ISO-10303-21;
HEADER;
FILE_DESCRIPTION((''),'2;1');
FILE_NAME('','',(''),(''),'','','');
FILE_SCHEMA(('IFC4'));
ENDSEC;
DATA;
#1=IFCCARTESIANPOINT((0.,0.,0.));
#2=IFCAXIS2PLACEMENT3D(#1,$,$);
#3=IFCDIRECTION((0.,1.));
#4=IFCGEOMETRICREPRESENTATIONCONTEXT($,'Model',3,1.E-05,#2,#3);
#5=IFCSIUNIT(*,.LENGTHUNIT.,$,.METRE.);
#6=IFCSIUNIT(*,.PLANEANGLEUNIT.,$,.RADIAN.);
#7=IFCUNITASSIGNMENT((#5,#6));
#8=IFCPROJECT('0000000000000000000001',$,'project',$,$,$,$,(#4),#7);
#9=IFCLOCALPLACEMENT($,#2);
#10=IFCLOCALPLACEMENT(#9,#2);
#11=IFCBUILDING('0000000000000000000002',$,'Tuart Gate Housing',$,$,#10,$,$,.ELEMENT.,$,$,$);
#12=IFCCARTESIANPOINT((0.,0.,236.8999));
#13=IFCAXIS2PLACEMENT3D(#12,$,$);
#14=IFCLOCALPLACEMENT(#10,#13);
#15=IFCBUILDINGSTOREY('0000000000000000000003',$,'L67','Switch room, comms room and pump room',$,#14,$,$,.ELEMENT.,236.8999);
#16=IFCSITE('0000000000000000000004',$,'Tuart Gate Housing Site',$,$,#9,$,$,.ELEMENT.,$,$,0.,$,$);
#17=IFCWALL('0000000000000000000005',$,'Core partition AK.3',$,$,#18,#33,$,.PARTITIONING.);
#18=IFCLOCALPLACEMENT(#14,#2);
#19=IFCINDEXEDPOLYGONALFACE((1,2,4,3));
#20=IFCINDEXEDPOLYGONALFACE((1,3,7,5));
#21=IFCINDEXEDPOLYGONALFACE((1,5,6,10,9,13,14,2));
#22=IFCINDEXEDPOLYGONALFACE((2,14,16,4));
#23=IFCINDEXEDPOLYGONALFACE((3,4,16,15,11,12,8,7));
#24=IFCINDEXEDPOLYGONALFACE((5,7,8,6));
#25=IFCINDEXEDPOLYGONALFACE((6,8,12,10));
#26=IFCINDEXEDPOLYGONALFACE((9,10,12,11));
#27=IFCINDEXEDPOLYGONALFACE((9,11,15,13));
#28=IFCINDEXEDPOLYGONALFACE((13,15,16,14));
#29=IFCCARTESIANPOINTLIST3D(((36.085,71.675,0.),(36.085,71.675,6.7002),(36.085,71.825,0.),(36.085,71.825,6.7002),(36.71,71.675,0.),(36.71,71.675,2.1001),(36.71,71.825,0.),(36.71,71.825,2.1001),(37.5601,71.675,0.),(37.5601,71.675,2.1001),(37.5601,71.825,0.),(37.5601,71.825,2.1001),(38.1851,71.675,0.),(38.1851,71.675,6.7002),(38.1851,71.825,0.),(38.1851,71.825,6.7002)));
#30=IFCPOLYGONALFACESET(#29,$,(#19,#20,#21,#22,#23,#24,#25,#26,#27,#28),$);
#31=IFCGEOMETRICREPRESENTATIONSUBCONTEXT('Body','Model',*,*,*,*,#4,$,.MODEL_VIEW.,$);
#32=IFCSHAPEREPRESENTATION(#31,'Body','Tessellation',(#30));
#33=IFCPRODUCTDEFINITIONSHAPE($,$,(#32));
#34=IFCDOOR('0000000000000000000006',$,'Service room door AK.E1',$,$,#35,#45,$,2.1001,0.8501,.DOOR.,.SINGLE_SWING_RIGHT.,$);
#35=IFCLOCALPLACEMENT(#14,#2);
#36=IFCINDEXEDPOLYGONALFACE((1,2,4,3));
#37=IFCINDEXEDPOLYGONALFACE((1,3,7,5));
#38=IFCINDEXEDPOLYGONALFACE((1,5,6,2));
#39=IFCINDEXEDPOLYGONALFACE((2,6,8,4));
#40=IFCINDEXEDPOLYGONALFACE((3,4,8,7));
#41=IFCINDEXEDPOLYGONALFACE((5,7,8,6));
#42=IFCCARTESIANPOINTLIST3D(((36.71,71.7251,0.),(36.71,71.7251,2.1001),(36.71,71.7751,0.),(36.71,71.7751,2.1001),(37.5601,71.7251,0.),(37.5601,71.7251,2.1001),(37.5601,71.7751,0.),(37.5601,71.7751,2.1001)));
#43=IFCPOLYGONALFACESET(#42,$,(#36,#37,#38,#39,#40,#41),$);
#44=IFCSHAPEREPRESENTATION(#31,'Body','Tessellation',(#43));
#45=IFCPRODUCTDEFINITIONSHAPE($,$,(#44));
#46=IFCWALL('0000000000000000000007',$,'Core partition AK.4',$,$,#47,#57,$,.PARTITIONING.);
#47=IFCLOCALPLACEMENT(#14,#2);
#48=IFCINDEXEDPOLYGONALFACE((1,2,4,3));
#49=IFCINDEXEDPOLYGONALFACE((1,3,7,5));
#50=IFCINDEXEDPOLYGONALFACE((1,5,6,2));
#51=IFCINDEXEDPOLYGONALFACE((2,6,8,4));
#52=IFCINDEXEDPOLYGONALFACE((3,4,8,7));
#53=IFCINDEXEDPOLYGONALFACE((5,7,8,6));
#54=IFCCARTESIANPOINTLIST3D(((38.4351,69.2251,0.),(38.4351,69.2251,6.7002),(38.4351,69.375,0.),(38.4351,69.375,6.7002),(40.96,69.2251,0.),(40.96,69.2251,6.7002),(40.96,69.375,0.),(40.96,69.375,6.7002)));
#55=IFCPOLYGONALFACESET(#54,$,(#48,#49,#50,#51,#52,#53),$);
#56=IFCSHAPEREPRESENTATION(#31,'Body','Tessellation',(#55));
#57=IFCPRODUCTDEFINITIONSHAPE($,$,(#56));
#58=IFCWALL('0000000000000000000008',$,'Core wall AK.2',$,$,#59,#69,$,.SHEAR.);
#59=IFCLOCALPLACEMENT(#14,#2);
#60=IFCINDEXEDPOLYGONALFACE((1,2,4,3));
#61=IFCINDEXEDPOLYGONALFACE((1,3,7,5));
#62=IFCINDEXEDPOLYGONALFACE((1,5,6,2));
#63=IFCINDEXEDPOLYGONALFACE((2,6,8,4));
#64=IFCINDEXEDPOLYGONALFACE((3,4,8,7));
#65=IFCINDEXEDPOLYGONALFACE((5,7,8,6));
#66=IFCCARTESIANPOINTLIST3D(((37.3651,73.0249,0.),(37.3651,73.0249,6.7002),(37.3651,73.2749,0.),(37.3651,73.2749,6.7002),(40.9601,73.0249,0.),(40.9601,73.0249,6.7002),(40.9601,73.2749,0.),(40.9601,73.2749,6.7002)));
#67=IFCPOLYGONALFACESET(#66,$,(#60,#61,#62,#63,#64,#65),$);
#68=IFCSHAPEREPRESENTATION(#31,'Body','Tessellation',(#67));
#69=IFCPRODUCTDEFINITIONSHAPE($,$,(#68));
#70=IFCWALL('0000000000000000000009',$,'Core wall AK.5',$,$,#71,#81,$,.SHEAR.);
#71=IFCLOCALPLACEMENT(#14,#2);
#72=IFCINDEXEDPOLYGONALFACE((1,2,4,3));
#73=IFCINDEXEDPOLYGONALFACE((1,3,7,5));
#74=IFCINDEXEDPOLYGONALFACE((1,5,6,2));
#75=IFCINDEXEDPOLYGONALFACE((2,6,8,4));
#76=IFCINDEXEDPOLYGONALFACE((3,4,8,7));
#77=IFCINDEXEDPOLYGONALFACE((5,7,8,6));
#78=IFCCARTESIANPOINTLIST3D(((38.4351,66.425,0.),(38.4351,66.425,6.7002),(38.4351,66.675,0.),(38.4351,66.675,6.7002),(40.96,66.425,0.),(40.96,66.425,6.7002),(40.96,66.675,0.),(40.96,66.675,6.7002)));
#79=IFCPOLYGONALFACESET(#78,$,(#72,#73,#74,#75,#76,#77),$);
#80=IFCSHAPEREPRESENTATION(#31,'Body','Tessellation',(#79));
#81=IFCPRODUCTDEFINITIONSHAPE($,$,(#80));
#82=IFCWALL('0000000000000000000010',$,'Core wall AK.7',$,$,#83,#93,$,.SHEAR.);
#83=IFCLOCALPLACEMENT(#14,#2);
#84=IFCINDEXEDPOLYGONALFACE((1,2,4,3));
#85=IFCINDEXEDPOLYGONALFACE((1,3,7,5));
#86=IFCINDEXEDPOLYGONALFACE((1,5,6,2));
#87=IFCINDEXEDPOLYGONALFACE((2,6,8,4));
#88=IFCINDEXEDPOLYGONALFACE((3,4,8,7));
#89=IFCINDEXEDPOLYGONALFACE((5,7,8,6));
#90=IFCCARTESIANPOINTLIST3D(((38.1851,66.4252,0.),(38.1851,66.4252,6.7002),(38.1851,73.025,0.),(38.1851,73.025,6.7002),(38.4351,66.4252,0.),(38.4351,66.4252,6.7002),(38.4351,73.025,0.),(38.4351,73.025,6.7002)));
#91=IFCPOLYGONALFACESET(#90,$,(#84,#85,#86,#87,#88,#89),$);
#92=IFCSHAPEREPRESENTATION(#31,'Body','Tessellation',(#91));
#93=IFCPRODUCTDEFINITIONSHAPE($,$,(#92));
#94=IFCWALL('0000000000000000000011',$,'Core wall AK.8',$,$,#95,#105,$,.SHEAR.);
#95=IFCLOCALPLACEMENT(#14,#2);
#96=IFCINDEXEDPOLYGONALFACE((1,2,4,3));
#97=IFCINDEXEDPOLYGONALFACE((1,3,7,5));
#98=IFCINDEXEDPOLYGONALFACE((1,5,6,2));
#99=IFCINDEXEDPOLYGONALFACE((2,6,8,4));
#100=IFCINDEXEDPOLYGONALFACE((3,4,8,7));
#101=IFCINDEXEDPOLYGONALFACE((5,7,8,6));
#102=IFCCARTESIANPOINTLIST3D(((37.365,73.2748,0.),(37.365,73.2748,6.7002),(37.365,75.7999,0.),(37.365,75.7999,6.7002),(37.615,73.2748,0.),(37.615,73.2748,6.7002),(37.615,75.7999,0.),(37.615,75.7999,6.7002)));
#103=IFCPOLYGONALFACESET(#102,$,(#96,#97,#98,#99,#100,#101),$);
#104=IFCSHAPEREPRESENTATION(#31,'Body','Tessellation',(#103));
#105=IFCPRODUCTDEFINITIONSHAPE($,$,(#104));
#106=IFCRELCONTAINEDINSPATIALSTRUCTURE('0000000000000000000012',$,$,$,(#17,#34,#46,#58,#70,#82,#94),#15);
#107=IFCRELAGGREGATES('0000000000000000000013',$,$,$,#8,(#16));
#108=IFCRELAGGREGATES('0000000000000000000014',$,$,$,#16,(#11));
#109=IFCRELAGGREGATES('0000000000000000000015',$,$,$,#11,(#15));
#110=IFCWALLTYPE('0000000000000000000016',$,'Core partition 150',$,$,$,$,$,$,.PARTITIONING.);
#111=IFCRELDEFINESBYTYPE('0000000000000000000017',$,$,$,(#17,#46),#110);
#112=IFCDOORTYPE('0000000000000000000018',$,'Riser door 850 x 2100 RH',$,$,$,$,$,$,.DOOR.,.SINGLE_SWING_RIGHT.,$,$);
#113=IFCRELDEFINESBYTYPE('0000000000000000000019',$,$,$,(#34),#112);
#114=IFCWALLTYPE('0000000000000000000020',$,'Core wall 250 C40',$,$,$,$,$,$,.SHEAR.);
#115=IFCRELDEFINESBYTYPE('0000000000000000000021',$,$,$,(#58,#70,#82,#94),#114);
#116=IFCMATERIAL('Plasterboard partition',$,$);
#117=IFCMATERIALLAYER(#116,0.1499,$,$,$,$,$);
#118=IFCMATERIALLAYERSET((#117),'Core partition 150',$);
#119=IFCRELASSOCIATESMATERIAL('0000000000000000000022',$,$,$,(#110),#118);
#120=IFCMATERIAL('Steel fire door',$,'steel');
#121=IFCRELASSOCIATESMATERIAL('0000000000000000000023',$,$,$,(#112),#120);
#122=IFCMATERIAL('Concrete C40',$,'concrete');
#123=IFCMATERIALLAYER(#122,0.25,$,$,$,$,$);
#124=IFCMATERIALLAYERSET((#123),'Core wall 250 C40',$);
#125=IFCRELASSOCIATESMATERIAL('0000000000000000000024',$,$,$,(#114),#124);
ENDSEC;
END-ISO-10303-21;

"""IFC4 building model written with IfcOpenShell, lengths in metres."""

from ifc_helpers import new_model, si_unit, direction, frame, frame_2d, origin, place, context, subcontext, project, spatial, rectangle, extrude, material, layer, layer_set, type_object, element, fill, save


model = new_model("IFC4")

# Units and contexts
model_context = context("Model", 3, precision=1e-05, world=origin(), true_north=direction((0.0, 1.0)))
body_context = subcontext(model_context, "Body", "Model", "MODEL_VIEW")
ifc_project = project(units=[si_unit("LENGTHUNIT", "METRE"), si_unit("PLANEANGLEUNIT", "RADIAN")], contexts=[model_context])

# Site, building, storey
site_placement = place(None, origin())
site = spatial("IfcSite", under=ifc_project, at=site_placement, Name="Tuart Gate Housing Site", CompositionType="ELEMENT", RefElevation=0.0)
building_placement = place(site_placement, origin())
building = spatial("IfcBuilding", under=site, at=building_placement, Name="Tuart Gate Housing", CompositionType="ELEMENT")
storey_placement = place(building_placement, frame((0.0, 0.0, 236.8999)))
storey = spatial("IfcBuildingStorey", under=building, at=storey_placement, Name="L67", Description="Switch room, comms room and pump room", CompositionType="ELEMENT", Elevation=236.8999)

# Wall, opening, door
ifc_material_1 = material(Name="Plasterboard partition")
ifc_layer_1 = layer(ifc_material_1, 0.1499)
ifc_layer_set_1 = layer_set([ifc_layer_1], Name="Core partition 150")
wall_type_1 = type_object("IfcWallType", Name="Core partition 150", PredefinedType="PARTITIONING", material=ifc_layer_set_1)
wall_1_placement = place(storey_placement, frame((38.1851, 71.75, 0.0), z_axis=(0.0, 0.0, 1.0), x_axis=(-1.0, 0.0, 0.0)))
wall_1 = element("IfcWall", 1, at=wall_1_placement, inside=storey, type_object=wall_type_1, Name="Core partition AK.3", PredefinedType="PARTITIONING", context=body_context, shape_type="SweptSolid", body=[
    extrude(rectangle(XDim=2.1001, YDim=0.1499, at=frame_2d((1.05, 0.0))), origin(), (0.0, 0.0, 1.0), 6.7002),
])
opening_1_placement = place(wall_1_placement, frame((0.625, 0.0, 0.0)))
opening_1 = element("IfcOpeningElement", 2, at=opening_1_placement, cuts=wall_1, PredefinedType="OPENING", context=body_context, shape_type="SweptSolid", body=[
    extrude(rectangle(XDim=0.8501, YDim=2.1001, at=frame_2d((0.425, 1.05))), frame((0.0, 0.085, 0.0), z_axis=(0.0, -1.0, 0.0), x_axis=(1.0, 0.0, 0.0)), (0.0, 0.0, 1.0), 0.1699),
])
ifc_material_2 = material(Name="Steel fire door", Category="steel")
door_type_1 = type_object("IfcDoorType", Name="Riser door 850 x 2100 RH", OperationType="SINGLE_SWING_RIGHT", PredefinedType="DOOR", material=ifc_material_2)
door_1_placement = place(opening_1_placement, frame((0.8501, 0.0, 0.0), z_axis=(0.0, 0.0, 1.0), x_axis=(-1.0, 0.0, 0.0)))
door_1 = element("IfcDoor", 3, at=door_1_placement, inside=storey, type_object=door_type_1, Name="Service room door AK.E1", OperationType="SINGLE_SWING_RIGHT", OverallHeight=2.1001, OverallWidth=0.8501, PredefinedType="DOOR", context=body_context, shape_type="SweptSolid", body=[
    extrude(rectangle(XDim=0.8501, YDim=2.1001, at=frame_2d((0.425, 1.05))), frame((0.0, 0.0251, 0.0), z_axis=(0.0, -1.0, 0.0), x_axis=(1.0, 0.0, 0.0)), (0.0, 0.0, 1.0), 0.05),
])
fill(opening_1, door_1)

# Walls
wall_2_placement = place(storey_placement, frame((40.96, 69.3, 0.0), z_axis=(0.0, 0.0, 1.0), x_axis=(-1.0, 0.0, 0.0)))
element("IfcWall", 4, at=wall_2_placement, inside=storey, type_object=wall_type_1, Name="Core partition AK.4", PredefinedType="PARTITIONING", context=body_context, shape_type="SweptSolid", body=[
    extrude(rectangle(XDim=2.5249, YDim=0.1499, at=frame_2d((1.2625, 0.0))), origin(), (0.0, 0.0, 1.0), 6.7002),
])
ifc_material_3 = material(Name="Concrete C40", Category="concrete")
ifc_layer_2 = layer(ifc_material_3, 0.25)
ifc_layer_set_2 = layer_set([ifc_layer_2], Name="Core wall 250 C40")
wall_type_2 = type_object("IfcWallType", Name="Core wall 250 C40", PredefinedType="SHEAR", material=ifc_layer_set_2)
wall_3_placement = place(storey_placement, frame((40.96, 73.1499, 0.0), z_axis=(0.0, 0.0, 1.0), x_axis=(-1.0, 0.0, 0.0)))
element("IfcWall", 5, at=wall_3_placement, inside=storey, type_object=wall_type_2, Name="Core wall AK.2", PredefinedType="SHEAR", context=body_context, shape_type="SweptSolid", body=[
    extrude(rectangle(XDim=3.595, YDim=0.25, at=frame_2d((1.7974, 0.0))), origin(), (0.0, 0.0, 1.0), 6.7002),
])
wall_4_placement = place(storey_placement, frame((40.96, 66.55, 0.0), z_axis=(0.0, 0.0, 1.0), x_axis=(-1.0, 0.0, 0.0)))
element("IfcWall", 6, at=wall_4_placement, inside=storey, type_object=wall_type_2, Name="Core wall AK.5", PredefinedType="SHEAR", context=body_context, shape_type="SweptSolid", body=[
    extrude(rectangle(XDim=2.5249, YDim=0.25, at=frame_2d((1.2625, 0.0))), origin(), (0.0, 0.0, 1.0), 6.7002),
])
wall_5_placement = place(storey_placement, frame((38.3101, 73.0249, 0.0), z_axis=(0.0, 0.0, 1.0), x_axis=(0.0, -1.0, 0.0)))
element("IfcWall", 7, at=wall_5_placement, inside=storey, type_object=wall_type_2, Name="Core wall AK.7", PredefinedType="SHEAR", context=body_context, shape_type="SweptSolid", body=[
    extrude(rectangle(XDim=6.5999, YDim=0.25, at=frame_2d((3.2998, 0.0))), origin(), (0.0, 0.0, 1.0), 6.7002),
])
wall_6_placement = place(storey_placement, frame((37.49, 75.8, 0.0), z_axis=(0.0, 0.0, 1.0), x_axis=(0.0, -1.0, 0.0)))
element("IfcWall", 8, at=wall_6_placement, inside=storey, type_object=wall_type_2, Name="Core wall AK.8", PredefinedType="SHEAR", context=body_context, shape_type="SweptSolid", body=[
    extrude(rectangle(XDim=2.5251, YDim=0.25, at=frame_2d((1.2627, 0.0))), origin(), (0.0, 0.0, 1.0), 6.7002),
])

save(model, "model.ifc")
